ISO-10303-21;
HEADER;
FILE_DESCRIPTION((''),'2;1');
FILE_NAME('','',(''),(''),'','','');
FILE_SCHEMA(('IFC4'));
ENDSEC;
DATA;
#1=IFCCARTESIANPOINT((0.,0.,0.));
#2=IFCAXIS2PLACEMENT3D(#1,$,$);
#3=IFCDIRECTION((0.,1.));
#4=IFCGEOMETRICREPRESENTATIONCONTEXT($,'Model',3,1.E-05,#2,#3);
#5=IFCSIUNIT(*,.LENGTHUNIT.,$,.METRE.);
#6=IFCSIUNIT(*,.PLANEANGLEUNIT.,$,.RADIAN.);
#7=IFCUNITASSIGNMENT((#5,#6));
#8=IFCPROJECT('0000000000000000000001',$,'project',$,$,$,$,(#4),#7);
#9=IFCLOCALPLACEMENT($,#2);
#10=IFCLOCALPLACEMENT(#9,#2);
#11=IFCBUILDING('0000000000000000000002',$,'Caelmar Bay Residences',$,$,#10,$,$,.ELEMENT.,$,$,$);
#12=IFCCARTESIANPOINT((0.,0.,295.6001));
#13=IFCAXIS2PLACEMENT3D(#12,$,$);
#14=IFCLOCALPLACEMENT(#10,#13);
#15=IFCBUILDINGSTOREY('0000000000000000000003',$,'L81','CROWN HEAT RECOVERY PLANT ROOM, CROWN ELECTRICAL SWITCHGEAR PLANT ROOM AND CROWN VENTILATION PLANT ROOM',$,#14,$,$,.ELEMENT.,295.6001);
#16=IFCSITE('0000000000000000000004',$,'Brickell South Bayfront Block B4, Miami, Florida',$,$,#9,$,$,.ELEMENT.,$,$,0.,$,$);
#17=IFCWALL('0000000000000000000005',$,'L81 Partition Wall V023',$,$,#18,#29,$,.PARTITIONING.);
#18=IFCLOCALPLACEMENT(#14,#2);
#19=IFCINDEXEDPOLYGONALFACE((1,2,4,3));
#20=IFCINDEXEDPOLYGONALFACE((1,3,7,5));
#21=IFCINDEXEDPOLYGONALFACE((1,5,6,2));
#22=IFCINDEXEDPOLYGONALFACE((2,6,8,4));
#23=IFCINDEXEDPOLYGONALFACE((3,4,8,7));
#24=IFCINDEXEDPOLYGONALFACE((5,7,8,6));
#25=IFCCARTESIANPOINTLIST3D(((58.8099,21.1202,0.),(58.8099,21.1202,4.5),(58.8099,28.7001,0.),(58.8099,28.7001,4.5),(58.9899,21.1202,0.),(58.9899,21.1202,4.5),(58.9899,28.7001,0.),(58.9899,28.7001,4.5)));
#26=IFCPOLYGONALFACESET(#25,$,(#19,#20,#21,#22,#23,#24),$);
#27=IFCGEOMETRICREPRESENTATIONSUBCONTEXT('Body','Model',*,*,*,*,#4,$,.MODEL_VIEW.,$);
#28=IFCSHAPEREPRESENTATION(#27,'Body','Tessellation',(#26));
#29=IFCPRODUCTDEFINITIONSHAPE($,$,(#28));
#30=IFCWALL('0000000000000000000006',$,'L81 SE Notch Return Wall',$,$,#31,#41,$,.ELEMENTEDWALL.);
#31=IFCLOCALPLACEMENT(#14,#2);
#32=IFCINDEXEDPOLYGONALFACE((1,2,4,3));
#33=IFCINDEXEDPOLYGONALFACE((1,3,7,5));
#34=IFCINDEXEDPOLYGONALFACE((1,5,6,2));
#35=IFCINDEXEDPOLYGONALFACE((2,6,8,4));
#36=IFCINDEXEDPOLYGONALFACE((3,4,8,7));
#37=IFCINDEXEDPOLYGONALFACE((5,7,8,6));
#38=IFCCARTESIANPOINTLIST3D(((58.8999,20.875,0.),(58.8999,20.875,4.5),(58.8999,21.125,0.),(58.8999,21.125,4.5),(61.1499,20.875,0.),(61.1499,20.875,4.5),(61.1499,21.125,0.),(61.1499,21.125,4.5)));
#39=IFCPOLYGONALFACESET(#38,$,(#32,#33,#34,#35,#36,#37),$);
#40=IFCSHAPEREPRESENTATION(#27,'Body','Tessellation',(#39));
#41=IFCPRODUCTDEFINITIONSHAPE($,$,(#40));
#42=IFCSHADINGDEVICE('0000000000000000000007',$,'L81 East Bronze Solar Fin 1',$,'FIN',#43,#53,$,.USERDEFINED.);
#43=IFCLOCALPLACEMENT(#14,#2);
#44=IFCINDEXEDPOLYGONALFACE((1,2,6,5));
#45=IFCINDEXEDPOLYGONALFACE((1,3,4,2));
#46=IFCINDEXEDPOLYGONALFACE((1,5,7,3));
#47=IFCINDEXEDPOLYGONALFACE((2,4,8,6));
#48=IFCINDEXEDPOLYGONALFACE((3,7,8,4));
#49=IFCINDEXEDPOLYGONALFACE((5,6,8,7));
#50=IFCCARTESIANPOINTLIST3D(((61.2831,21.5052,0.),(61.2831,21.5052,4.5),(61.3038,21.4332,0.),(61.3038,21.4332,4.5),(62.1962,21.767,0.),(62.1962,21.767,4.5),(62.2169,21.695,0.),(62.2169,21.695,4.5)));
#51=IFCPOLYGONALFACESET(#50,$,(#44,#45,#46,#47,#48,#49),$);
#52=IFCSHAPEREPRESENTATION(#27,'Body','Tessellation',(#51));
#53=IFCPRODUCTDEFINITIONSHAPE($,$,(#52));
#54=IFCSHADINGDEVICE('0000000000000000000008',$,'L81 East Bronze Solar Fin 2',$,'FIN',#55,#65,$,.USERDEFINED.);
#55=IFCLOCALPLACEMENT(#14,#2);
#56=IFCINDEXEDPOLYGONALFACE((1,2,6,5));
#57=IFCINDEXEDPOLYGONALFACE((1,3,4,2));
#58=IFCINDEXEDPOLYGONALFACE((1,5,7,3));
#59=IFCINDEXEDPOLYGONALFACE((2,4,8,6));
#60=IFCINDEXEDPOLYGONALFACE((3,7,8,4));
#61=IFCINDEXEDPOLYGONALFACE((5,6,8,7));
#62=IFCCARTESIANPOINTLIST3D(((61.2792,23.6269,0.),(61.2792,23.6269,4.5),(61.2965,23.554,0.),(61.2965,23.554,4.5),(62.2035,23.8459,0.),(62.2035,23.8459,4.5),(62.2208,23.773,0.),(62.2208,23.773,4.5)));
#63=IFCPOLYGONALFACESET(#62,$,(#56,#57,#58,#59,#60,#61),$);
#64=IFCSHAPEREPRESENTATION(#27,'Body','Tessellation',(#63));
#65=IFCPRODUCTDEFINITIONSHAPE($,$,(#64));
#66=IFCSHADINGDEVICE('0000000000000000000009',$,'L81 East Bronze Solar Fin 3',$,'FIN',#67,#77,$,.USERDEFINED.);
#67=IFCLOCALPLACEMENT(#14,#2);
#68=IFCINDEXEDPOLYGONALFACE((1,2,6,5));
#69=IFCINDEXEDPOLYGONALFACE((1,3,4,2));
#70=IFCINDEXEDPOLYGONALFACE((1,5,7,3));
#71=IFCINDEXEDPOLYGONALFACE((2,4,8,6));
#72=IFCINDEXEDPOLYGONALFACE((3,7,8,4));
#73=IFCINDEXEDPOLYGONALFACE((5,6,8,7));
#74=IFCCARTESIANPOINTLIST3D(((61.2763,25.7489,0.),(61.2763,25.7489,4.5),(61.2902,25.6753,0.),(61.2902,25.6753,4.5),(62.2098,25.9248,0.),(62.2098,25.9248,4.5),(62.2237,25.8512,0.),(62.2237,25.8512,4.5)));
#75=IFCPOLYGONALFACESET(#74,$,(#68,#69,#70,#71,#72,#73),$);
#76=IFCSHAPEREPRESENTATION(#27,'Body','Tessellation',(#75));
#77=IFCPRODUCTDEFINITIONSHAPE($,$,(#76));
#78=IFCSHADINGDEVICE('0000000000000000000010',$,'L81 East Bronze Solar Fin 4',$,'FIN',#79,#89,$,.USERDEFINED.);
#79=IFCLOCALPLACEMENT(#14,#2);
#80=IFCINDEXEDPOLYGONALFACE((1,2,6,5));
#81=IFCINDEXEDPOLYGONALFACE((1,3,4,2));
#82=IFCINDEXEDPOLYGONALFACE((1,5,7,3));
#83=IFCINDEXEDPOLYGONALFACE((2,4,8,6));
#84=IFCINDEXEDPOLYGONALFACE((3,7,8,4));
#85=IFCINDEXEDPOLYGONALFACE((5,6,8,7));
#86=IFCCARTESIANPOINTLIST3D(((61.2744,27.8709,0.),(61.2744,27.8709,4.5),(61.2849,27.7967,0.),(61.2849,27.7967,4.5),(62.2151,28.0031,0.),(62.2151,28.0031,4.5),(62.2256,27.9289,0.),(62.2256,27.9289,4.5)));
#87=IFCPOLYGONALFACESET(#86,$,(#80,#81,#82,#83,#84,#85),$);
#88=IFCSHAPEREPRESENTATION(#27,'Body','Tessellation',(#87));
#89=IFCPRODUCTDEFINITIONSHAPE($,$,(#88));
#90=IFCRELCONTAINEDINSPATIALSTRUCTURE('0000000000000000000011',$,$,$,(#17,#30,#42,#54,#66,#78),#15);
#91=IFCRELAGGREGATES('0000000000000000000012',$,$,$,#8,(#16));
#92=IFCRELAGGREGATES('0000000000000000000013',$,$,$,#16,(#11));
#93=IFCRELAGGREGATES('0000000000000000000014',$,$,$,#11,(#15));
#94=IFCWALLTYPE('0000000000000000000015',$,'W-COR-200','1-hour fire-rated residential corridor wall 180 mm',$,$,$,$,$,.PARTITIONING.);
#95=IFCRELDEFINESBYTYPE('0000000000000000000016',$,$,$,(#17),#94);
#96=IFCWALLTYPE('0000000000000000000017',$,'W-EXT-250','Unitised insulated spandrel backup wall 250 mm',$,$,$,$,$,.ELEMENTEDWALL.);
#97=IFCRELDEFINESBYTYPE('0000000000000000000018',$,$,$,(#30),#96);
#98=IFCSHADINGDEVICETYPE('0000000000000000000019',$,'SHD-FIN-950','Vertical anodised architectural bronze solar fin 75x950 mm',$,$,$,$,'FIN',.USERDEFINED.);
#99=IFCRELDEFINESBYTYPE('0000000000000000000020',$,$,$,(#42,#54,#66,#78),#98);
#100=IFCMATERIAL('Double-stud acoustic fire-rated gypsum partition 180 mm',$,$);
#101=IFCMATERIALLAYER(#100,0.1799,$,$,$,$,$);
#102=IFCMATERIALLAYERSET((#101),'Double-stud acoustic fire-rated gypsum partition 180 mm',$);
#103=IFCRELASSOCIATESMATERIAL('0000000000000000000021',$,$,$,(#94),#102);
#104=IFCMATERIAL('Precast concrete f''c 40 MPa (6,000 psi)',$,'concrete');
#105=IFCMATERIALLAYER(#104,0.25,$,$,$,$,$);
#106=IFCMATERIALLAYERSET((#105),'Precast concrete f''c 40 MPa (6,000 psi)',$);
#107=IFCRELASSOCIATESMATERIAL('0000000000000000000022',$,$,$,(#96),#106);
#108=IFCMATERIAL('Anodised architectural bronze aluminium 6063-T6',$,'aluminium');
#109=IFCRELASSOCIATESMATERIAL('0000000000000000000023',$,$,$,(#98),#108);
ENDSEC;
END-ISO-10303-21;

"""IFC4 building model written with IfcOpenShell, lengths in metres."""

from ifc_helpers import new_model, si_unit, direction, frame, frame_2d, origin, origin_2d, place, context, subcontext, project, spatial, rectangle, extrude, material, layer, layer_set, material_profile, profile_set, type_object, element, save


model = new_model("IFC4")

# Units and contexts
model_context = context("Model", 3, precision=1e-05, world=origin(), true_north=direction((0.0, 1.0)))
body_context = subcontext(model_context, "Body", "Model", "MODEL_VIEW")
ifc_project = project(units=[si_unit("LENGTHUNIT", "METRE"), si_unit("PLANEANGLEUNIT", "RADIAN")], contexts=[model_context])

# Site, building, storey
site_placement = place(None, origin())
site = spatial("IfcSite", under=ifc_project, at=site_placement, Name="Brickell South Bayfront Block B4, Miami, Florida", CompositionType="ELEMENT", RefElevation=0.0)
building_placement = place(site_placement, origin())
building = spatial("IfcBuilding", under=site, at=building_placement, Name="Caelmar Bay Residences", CompositionType="ELEMENT")
storey_placement = place(building_placement, frame((0.0, 0.0, 295.6001)))
storey = spatial("IfcBuildingStorey", under=building, at=storey_placement, Name="L81", Description="CROWN HEAT RECOVERY PLANT ROOM, CROWN ELECTRICAL SWITCHGEAR PLANT ROOM AND CROWN VENTILATION PLANT ROOM", CompositionType="ELEMENT", Elevation=295.6001)

# Walls
ifc_material_1 = material(Name="Double-stud acoustic fire-rated gypsum partition 180 mm")
ifc_layer_1 = layer(ifc_material_1, 0.1799)
ifc_layer_set_1 = layer_set([ifc_layer_1], Name="Double-stud acoustic fire-rated gypsum partition 180 mm")
wall_type_1 = type_object("IfcWallType", Name="W-COR-200", Description="1-hour fire-rated residential corridor wall 180 mm", PredefinedType="PARTITIONING", material=ifc_layer_set_1)
wall_1_placement = place(storey_placement, frame((58.8999, 21.1201, 0.0), z_axis=(0.0, 0.0, 1.0), x_axis=(0.0, 1.0, 0.0)))
element("IfcWall", 1, at=wall_1_placement, inside=storey, type_object=wall_type_1, Name="L81 Partition Wall V023", PredefinedType="PARTITIONING", context=body_context, shape_type="SweptSolid", body=[
    extrude(rectangle(XDim=7.5798, YDim=0.1799, at=frame_2d((3.79, 0.0))), origin(), (0.0, 0.0, 1.0), 4.5),
])
ifc_material_2 = material(Name="Precast concrete f'c 40 MPa (6,000 psi)", Category="concrete")
ifc_layer_2 = layer(ifc_material_2, 0.25)
ifc_layer_set_2 = layer_set([ifc_layer_2], Name="Precast concrete f'c 40 MPa (6,000 psi)")
wall_type_2 = type_object("IfcWallType", Name="W-EXT-250", Description="Unitised insulated spandrel backup wall 250 mm", PredefinedType="ELEMENTEDWALL", material=ifc_layer_set_2)
wall_2_placement = place(storey_placement, frame((58.8999, 21.0, 0.0), z_axis=(0.0, 0.0, 1.0), x_axis=(1.0, 0.0, 0.0)))
element("IfcWall", 2, at=wall_2_placement, inside=storey, type_object=wall_type_2, Name="L81 SE Notch Return Wall", PredefinedType="ELEMENTEDWALL", context=body_context, shape_type="SweptSolid", body=[
    extrude(rectangle(XDim=2.25, YDim=0.25, at=frame_2d((1.125, 0.0))), origin(), (0.0, 0.0, 1.0), 4.5),
])

# Shading devices
ifc_material_3 = material(Name="Anodised architectural bronze aluminium 6063-T6", Category="aluminium")
ifc_material_profile_1 = material_profile(ifc_material_3, rectangle(XDim=0.075, YDim=0.95, at=origin_2d()), Name="BRONZE-FIN-75X950")
ifc_profile_set_1 = profile_set([ifc_material_profile_1], Name="Anodised architectural bronze aluminium 6063-T6")
shading_device_type = type_object("IfcShadingDeviceType", Name="SHD-FIN-950", Description="Vertical anodised architectural bronze solar fin 75x950 mm", ElementType="FIN", PredefinedType="USERDEFINED", material=ifc_profile_set_1)
for number, where, z_axis, x_axis, name in (
    (3, (61.75, 21.6001, 0.0), (0.0, 0.0, 1.0), (-0.275637, 0.961262, 0.0), "L81 East Bronze Solar Fin 1"),
    (4, (61.75, 23.7, 0.0), (0.0, 0.0, 1.0), (-0.230559, 0.973058, 0.0), "L81 East Bronze Solar Fin 2"),
    (5, (61.75, 25.8, 0.0), (0.0, 0.0, 1.0), (-0.185152, 0.98271, 0.0), "L81 East Bronze Solar Fin 3"),
    (6, (61.75, 27.8999, 0.0), (0.0, 0.0, 1.0), (-0.139173, 0.990268, 0.0), "L81 East Bronze Solar Fin 4"),
):
    element("IfcShadingDevice", number, at=place(storey_placement, frame(where, z_axis=z_axis, x_axis=x_axis)), inside=storey, type_object=shading_device_type, Name=name, ObjectType="FIN", PredefinedType="USERDEFINED", context=body_context, shape_type="SweptSolid", body=[
        extrude(rectangle(XDim=0.075, YDim=0.95, at=origin_2d()), origin(), (0.0, 0.0, 1.0), 4.5),
    ])

save(model, "model.ifc")
